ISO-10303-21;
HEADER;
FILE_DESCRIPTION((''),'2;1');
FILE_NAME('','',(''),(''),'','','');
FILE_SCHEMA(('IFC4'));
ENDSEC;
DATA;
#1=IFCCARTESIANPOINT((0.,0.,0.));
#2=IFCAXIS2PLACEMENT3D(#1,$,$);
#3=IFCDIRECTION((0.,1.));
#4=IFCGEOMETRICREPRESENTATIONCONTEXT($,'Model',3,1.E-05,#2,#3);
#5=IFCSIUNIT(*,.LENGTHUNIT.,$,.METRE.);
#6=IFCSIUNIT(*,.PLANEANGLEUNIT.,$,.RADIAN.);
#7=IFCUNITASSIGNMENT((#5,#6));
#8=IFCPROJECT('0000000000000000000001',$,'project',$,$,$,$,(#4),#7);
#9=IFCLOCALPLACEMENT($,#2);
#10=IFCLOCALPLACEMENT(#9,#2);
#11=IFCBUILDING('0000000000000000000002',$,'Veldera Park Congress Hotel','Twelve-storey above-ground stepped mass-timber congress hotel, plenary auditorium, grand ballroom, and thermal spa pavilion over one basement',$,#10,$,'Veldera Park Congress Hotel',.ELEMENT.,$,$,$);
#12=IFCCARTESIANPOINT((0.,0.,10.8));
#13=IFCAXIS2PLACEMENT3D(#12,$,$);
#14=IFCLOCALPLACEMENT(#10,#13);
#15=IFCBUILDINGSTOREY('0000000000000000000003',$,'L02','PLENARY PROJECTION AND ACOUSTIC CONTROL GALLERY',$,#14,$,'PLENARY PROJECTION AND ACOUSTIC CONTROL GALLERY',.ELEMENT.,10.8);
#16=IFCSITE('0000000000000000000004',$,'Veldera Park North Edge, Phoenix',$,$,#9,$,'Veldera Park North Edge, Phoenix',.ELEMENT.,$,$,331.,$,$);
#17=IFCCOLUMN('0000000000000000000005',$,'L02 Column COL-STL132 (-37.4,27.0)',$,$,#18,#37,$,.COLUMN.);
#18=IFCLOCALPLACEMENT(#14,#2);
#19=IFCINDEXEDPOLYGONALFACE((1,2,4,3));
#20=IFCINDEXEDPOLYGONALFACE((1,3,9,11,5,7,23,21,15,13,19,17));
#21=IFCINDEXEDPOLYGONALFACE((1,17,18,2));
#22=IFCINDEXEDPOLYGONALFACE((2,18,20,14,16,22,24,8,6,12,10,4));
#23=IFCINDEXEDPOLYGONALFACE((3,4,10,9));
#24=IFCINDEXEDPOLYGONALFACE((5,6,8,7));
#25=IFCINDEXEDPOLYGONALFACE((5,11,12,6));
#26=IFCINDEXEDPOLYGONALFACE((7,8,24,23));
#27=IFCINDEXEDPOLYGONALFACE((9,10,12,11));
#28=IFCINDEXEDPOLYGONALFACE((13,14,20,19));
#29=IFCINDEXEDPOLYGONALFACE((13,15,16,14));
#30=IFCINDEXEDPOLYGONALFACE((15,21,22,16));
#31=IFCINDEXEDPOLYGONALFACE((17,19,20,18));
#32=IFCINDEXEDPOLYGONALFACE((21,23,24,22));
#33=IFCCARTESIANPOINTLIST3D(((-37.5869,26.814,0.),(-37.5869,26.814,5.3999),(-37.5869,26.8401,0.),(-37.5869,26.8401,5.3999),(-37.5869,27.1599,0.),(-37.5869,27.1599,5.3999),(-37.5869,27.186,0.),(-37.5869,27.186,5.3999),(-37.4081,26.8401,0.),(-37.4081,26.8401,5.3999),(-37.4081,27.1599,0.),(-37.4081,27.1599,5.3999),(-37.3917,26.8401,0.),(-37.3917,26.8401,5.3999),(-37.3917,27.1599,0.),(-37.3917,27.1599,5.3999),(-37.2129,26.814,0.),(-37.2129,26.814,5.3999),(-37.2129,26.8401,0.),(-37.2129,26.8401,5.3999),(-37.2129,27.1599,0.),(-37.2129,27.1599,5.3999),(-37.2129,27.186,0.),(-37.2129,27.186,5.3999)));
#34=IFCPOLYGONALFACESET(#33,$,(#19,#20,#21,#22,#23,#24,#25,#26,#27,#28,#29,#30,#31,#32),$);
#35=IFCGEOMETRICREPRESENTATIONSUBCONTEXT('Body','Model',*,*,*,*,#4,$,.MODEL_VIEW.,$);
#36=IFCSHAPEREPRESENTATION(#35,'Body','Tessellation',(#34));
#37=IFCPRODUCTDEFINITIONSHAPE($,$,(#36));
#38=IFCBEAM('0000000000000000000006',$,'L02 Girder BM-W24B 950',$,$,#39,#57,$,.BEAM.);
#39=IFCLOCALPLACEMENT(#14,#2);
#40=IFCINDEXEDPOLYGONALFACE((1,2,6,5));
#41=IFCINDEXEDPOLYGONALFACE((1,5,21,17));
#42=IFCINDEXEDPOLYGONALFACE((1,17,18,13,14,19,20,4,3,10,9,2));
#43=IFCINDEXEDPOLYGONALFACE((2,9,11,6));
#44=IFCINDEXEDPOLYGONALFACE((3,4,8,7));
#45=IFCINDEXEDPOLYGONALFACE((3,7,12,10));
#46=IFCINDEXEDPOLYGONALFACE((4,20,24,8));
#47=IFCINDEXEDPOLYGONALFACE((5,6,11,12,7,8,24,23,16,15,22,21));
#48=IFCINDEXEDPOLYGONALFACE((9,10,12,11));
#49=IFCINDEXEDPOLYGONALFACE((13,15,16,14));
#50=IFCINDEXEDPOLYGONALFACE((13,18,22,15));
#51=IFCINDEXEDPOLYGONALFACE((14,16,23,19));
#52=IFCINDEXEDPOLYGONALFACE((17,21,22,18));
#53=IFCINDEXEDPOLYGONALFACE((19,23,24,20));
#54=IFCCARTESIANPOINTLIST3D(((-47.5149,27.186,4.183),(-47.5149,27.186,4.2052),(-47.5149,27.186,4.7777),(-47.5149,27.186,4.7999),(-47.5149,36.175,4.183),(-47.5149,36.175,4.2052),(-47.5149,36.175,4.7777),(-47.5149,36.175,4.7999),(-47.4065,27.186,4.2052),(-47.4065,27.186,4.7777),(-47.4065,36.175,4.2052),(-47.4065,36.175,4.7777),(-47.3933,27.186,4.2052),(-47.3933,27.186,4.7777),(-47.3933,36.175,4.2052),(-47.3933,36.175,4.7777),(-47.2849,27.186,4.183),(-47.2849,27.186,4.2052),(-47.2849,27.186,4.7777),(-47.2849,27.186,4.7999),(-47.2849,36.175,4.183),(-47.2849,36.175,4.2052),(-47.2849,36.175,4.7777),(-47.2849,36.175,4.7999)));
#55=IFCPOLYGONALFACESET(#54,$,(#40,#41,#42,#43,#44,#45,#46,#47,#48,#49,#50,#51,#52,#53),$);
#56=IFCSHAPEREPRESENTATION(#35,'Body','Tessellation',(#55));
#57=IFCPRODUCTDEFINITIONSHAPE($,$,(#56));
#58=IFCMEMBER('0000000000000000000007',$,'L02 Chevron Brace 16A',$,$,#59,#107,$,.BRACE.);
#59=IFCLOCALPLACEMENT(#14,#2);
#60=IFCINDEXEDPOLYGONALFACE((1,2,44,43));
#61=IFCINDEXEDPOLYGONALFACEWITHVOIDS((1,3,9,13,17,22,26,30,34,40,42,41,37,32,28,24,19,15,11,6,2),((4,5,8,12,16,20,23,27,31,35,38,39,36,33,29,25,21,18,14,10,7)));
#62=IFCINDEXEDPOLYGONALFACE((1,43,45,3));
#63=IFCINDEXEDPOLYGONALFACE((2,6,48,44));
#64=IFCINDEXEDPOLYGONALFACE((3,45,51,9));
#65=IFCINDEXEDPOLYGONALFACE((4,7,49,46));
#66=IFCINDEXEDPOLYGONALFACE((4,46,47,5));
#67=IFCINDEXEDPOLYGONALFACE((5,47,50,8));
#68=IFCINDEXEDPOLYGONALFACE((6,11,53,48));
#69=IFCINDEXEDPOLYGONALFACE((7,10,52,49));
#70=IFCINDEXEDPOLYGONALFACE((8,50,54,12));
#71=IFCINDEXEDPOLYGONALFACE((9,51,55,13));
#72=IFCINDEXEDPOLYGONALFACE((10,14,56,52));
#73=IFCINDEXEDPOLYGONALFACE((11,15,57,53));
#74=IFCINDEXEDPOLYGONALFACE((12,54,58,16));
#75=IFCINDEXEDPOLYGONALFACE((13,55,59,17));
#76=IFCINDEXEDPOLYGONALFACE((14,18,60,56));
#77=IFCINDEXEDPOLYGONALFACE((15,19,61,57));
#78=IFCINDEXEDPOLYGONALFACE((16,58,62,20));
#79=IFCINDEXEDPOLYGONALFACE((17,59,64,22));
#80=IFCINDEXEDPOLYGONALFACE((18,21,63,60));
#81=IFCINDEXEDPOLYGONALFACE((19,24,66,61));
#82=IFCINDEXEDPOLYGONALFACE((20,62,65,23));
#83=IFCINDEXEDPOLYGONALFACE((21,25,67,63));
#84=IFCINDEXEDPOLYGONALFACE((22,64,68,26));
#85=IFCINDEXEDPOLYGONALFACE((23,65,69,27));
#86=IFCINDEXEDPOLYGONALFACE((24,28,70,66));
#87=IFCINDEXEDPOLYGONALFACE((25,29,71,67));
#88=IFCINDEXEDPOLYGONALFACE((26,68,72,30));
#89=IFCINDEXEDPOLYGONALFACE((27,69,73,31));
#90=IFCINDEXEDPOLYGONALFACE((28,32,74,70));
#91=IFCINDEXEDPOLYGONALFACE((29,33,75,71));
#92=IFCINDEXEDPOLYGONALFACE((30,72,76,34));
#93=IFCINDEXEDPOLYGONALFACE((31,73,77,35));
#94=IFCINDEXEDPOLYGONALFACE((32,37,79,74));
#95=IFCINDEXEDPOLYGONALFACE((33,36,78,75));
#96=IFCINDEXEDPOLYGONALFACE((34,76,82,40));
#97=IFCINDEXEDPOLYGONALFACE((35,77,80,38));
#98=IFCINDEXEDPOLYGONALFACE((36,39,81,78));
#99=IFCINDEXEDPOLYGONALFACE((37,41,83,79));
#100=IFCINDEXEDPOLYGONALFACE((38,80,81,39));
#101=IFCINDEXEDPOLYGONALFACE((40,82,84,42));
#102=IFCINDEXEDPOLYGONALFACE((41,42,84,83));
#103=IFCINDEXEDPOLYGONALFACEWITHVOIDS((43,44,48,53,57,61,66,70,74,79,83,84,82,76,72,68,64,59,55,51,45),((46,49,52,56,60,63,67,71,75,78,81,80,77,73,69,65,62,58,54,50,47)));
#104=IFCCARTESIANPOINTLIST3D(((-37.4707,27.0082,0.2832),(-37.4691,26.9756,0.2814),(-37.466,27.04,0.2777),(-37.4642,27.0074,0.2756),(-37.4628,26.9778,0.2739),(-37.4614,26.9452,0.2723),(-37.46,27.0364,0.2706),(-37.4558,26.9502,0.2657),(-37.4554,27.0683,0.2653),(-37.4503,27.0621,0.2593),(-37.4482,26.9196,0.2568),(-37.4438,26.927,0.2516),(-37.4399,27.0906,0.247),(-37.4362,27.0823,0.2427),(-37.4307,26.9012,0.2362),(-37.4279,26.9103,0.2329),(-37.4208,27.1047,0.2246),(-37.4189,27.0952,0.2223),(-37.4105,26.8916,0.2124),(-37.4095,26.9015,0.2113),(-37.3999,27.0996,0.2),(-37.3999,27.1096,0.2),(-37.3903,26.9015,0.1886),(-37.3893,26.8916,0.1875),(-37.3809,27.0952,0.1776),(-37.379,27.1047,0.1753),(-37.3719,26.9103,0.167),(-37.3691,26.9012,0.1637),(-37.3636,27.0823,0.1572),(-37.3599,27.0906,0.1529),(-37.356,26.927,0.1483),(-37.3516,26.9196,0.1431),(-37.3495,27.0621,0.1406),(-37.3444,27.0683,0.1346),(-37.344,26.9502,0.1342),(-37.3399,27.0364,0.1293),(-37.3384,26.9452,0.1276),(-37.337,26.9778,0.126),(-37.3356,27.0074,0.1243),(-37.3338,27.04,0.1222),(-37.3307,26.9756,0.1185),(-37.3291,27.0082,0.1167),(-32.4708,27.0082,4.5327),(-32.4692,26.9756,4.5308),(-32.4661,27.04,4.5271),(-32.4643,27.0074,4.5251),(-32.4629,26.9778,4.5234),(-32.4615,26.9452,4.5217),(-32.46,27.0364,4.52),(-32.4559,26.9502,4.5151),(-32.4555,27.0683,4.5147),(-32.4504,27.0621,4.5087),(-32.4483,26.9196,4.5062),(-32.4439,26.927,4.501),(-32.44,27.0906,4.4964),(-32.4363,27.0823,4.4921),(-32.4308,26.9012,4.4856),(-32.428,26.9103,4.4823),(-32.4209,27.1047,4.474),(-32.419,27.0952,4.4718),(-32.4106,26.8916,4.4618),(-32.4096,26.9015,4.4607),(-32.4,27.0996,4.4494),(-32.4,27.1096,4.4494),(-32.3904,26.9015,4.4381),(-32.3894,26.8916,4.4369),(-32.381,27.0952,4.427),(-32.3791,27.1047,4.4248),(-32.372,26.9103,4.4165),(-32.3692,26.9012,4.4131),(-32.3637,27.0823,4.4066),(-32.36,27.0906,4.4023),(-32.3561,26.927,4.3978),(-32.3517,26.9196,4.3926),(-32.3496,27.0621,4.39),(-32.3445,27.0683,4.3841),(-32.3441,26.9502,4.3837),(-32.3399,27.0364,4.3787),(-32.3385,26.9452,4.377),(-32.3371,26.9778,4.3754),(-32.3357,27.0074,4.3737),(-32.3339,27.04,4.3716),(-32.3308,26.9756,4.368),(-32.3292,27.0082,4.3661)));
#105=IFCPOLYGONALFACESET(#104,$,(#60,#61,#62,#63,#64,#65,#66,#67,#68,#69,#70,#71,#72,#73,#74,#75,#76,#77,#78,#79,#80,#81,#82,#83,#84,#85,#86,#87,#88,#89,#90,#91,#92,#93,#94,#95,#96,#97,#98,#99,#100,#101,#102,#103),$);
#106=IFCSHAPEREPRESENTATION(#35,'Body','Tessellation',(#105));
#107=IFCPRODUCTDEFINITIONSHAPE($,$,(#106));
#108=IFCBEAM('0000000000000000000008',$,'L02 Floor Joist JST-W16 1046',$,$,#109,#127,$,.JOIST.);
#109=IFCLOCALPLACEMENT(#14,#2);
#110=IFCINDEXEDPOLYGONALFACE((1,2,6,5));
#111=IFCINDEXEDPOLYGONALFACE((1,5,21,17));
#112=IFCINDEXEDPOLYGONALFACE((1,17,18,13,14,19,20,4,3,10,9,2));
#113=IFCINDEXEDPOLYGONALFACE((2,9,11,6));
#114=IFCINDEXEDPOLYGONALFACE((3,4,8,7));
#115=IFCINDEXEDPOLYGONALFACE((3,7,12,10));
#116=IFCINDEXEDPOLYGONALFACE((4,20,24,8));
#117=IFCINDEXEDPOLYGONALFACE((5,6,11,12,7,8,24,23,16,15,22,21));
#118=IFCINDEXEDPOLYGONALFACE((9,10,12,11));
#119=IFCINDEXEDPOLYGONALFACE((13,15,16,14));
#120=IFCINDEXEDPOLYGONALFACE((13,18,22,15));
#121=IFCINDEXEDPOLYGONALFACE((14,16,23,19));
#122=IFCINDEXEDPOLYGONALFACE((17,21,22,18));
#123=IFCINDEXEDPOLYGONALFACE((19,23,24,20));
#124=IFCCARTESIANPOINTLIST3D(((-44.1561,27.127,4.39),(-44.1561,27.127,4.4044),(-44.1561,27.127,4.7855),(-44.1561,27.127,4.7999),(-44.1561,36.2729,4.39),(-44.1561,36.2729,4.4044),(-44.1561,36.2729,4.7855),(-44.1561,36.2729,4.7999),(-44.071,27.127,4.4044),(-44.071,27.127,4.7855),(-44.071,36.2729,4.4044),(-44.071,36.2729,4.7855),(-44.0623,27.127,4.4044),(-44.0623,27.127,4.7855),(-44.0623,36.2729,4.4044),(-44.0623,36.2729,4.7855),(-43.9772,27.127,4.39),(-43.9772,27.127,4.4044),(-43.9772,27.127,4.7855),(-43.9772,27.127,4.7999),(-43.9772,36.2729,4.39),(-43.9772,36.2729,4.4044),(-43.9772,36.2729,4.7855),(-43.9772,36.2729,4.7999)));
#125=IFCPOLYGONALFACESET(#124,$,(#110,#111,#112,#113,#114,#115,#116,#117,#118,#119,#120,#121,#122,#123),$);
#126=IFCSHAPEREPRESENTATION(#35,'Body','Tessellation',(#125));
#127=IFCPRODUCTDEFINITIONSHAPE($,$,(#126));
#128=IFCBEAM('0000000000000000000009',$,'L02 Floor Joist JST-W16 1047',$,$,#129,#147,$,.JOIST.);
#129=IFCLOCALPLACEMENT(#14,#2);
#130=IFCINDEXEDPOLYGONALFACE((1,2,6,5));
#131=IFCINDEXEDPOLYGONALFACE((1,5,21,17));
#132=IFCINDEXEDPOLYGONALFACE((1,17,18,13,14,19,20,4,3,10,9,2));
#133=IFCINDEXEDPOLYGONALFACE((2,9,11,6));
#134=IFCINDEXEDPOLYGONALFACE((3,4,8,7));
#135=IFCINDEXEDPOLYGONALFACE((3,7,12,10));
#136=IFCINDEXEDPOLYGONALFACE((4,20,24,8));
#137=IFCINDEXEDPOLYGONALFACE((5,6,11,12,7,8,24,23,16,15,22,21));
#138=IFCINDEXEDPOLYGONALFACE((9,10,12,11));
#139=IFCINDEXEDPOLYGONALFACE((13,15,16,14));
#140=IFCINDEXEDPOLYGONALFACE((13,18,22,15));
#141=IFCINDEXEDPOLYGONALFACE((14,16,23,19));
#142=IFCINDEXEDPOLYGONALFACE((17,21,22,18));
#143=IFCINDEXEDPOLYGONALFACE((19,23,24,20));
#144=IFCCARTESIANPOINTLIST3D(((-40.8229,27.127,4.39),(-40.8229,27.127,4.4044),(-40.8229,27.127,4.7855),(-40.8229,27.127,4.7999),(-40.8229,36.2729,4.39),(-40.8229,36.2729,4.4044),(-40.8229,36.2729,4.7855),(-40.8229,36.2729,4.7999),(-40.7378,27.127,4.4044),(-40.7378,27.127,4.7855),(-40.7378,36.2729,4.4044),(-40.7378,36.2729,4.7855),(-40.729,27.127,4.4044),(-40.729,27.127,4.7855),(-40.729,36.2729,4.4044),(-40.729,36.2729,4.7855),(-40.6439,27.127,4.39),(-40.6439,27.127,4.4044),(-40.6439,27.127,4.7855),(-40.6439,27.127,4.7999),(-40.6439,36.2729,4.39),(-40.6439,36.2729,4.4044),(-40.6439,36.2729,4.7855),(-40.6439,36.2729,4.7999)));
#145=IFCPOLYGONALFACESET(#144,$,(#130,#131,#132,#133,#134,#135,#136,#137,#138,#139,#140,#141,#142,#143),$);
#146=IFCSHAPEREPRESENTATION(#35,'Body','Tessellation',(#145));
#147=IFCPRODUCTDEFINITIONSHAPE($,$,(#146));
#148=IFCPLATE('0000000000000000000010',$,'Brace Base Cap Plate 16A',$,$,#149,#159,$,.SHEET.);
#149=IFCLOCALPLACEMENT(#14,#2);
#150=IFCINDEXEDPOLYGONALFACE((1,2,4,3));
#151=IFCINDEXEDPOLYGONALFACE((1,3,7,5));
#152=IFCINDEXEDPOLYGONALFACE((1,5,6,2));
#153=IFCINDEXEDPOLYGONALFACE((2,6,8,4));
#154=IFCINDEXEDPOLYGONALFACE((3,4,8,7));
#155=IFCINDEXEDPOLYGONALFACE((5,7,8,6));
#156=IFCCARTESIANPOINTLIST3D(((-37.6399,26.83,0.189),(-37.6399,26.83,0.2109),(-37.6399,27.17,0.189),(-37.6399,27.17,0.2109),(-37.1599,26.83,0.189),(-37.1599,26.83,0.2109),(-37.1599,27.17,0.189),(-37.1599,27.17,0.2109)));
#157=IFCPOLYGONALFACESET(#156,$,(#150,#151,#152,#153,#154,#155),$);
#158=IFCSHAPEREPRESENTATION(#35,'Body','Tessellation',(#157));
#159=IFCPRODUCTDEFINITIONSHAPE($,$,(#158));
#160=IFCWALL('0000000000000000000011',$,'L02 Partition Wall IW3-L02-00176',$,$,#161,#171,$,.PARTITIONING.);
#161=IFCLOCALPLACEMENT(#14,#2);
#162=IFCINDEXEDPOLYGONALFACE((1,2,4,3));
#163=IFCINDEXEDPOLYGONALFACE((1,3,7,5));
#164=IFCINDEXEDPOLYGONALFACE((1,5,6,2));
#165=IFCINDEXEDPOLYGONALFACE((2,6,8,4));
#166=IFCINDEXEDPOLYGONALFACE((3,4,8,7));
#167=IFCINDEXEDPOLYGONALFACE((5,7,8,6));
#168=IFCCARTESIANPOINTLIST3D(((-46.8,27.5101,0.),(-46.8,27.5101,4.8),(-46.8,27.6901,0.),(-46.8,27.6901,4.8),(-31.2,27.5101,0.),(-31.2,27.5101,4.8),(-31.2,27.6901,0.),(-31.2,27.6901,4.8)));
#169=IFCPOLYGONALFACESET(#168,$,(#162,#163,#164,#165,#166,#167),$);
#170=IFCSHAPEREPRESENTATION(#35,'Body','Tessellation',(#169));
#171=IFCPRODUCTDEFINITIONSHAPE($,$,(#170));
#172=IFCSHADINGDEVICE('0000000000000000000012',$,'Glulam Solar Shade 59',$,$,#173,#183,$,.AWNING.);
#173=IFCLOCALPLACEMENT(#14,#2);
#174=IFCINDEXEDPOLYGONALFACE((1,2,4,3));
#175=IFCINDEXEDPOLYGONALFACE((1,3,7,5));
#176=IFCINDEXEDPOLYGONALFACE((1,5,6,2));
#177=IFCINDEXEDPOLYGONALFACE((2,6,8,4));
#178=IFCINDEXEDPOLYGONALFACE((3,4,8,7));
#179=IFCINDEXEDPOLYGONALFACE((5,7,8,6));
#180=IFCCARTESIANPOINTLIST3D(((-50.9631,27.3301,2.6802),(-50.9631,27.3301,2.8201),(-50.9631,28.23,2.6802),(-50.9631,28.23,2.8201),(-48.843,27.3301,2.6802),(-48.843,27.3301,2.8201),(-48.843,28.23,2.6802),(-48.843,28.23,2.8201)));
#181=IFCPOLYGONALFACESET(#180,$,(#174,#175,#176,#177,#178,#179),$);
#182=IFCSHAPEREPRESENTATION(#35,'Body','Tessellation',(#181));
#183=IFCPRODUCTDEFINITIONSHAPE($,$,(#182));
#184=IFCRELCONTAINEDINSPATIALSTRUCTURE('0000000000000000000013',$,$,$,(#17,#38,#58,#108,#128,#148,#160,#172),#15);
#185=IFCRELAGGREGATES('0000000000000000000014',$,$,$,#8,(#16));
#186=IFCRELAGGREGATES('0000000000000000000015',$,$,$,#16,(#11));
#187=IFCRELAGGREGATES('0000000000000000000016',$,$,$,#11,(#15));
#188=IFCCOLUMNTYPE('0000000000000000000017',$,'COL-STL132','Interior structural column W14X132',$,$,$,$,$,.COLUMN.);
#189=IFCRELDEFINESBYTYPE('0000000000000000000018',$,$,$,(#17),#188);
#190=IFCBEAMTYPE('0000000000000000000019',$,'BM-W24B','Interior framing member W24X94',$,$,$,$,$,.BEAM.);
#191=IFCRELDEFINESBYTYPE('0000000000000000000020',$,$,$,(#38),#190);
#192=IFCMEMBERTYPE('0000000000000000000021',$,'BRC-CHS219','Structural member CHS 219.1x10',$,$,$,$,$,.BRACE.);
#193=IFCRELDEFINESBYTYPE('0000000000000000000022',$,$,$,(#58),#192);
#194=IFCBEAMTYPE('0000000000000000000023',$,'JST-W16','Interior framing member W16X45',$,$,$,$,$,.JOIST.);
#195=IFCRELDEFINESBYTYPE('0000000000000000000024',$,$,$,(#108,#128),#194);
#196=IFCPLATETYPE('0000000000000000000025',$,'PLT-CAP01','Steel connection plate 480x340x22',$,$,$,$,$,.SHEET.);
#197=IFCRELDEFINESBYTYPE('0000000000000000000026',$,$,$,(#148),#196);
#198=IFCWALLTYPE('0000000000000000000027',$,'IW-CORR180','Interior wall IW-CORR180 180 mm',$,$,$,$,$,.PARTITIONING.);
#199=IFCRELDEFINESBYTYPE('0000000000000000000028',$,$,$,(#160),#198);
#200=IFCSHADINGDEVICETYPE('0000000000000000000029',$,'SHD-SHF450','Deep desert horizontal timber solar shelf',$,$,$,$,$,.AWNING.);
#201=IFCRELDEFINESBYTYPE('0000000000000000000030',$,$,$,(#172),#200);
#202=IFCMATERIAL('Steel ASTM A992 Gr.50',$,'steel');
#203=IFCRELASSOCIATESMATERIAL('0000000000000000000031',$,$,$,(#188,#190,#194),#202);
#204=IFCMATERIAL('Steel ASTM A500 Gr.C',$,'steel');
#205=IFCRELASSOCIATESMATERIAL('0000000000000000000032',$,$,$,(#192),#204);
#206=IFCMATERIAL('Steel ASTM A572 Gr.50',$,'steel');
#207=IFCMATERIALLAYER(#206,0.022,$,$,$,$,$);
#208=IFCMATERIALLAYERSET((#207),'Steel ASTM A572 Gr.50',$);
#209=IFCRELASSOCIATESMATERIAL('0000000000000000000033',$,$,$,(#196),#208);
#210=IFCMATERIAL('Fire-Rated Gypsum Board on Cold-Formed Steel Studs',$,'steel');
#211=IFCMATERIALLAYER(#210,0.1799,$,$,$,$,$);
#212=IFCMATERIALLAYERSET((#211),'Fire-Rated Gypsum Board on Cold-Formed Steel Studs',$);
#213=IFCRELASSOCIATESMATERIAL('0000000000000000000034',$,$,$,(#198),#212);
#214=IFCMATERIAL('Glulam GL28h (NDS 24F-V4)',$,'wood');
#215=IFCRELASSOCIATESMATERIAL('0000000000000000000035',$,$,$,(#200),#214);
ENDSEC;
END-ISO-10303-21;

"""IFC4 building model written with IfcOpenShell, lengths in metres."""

from ifc_helpers import new_model, si_unit, direction, frame, frame_2d, origin, origin_2d, place, context, subcontext, project, spatial, rectangle, hollow_circle, i_section, extrude, material, layer, layer_set, material_profile, profile_set, type_object, element, save


model = new_model("IFC4")

# Units and contexts
model_context = context("Model", 3, precision=1e-05, world=origin(), true_north=direction((0.0, 1.0)))
body_context = subcontext(model_context, "Body", "Model", "MODEL_VIEW")
ifc_project = project(units=[si_unit("LENGTHUNIT", "METRE"), si_unit("PLANEANGLEUNIT", "RADIAN")], contexts=[model_context])

# Site, building, storey
site_placement = place(None, origin())
site = spatial("IfcSite", under=ifc_project, at=site_placement, Name="Veldera Park North Edge, Phoenix", LongName="Veldera Park North Edge, Phoenix", CompositionType="ELEMENT", RefElevation=331.0)
building_placement = place(site_placement, origin())
building = spatial("IfcBuilding", under=site, at=building_placement, Name="Veldera Park Congress Hotel", Description="Twelve-storey above-ground stepped mass-timber congress hotel, plenary auditorium, grand ballroom, and thermal spa pavilion over one basement", LongName="Veldera Park Congress Hotel", CompositionType="ELEMENT")
storey_placement = place(building_placement, frame((0.0, 0.0, 10.8)))
storey = spatial("IfcBuildingStorey", under=building, at=storey_placement, Name="L02", Description="PLENARY PROJECTION AND ACOUSTIC CONTROL GALLERY", LongName="PLENARY PROJECTION AND ACOUSTIC CONTROL GALLERY", CompositionType="ELEMENT", Elevation=10.8)

# Column
ifc_material_1 = material(Name="Steel ASTM A992 Gr.50", Category="steel")
ifc_material_profile_1 = material_profile(ifc_material_1, i_section(OverallWidth=0.374, OverallDepth=0.3721, WebThickness=0.0164, FlangeThickness=0.0261, at=origin_2d()), Name="W14X132")
ifc_profile_set_1 = profile_set([ifc_material_profile_1], Name="Steel ASTM A992 Gr.50")
column_type = type_object("IfcColumnType", Name="COL-STL132", Description="Interior structural column W14X132", PredefinedType="COLUMN", material=ifc_profile_set_1)
column_placement = place(storey_placement, frame((-37.3999, 27.0, 0.0), z_axis=(0.0, 0.0, 1.0), x_axis=(1.0, 0.0, 0.0)))
element("IfcColumn", 1, at=column_placement, inside=storey, type_object=column_type, Name="L02 Column COL-STL132 (-37.4,27.0)", PredefinedType="COLUMN", context=body_context, shape_type="SweptSolid", body=[
    extrude(i_section(OverallWidth=0.374, OverallDepth=0.3721, WebThickness=0.0164, FlangeThickness=0.0261, at=origin_2d()), origin(), (0.0, 0.0, 1.0), 5.3999),
])

# Beam
ifc_material_profile_2 = material_profile(ifc_material_1, i_section(OverallWidth=0.23, OverallDepth=0.6169, WebThickness=0.0132, FlangeThickness=0.0222, at=origin_2d()), Name="W24X94")
ifc_profile_set_2 = profile_set([ifc_material_profile_2], Name="Steel ASTM A992 Gr.50")
beam_type_1 = type_object("IfcBeamType", Name="BM-W24B", Description="Interior framing member W24X94", PredefinedType="BEAM", material=ifc_profile_set_2)
beam_placement = place(storey_placement, frame((-47.3999, 27.186, 4.4915), z_axis=(0.0, 1.0, 0.0), x_axis=(-1.0, 0.0, 0.0)))
element("IfcBeam", 2, at=beam_placement, inside=storey, type_object=beam_type_1, Name="L02 Girder BM-W24B 950", PredefinedType="BEAM", context=body_context, shape_type="SweptSolid", body=[
    extrude(i_section(OverallWidth=0.23, OverallDepth=0.6169, WebThickness=0.0132, FlangeThickness=0.0222, at=origin_2d()), origin(), (0.0, 0.0, 1.0), 8.989),
])

# Member
ifc_material_2 = material(Name="Steel ASTM A500 Gr.C", Category="steel")
ifc_material_profile_3 = material_profile(ifc_material_2, hollow_circle(Radius=0.1096, WallThickness=0.01, at=origin_2d()), Name="CHS 219.1x10")
ifc_profile_set_3 = profile_set([ifc_material_profile_3], Name="Steel ASTM A500 Gr.C")
member_type = type_object("IfcMemberType", Name="BRC-CHS219", Description="Structural member CHS 219.1x10", PredefinedType="BRACE", material=ifc_profile_set_3)
member_placement = place(storey_placement, frame((-37.3999, 27.0, 0.2), z_axis=(0.761976, 0.0, 0.647605), x_axis=(0.0, 1.0, 0.0)))
element("IfcMember", 3, at=member_placement, inside=storey, type_object=member_type, Name="L02 Chevron Brace 16A", PredefinedType="BRACE", context=body_context, shape_type="SweptSolid", body=[
    extrude(hollow_circle(Radius=0.1096, WallThickness=0.01, at=origin_2d()), origin(), (0.0, 0.0, 1.0), 6.5618),
])

# Beams
ifc_material_profile_4 = material_profile(ifc_material_1, i_section(OverallWidth=0.179, OverallDepth=0.4099, WebThickness=0.0088, FlangeThickness=0.0144, at=origin_2d()), Name="W16X45")
ifc_profile_set_4 = profile_set([ifc_material_profile_4], Name="Steel ASTM A992 Gr.50")
beam_type_2 = type_object("IfcBeamType", Name="JST-W16", Description="Interior framing member W16X45", PredefinedType="JOIST", material=ifc_profile_set_4)
for number, where, z_axis, x_axis, name in (
    (4, (-44.0667, 27.127, 4.595), (0.0, 1.0, 0.0), (-1.0, 0.0, 0.0), "L02 Floor Joist JST-W16 1046"),
    (5, (-40.7334, 27.127, 4.595), (0.0, 1.0, 0.0), (-1.0, 0.0, 0.0), "L02 Floor Joist JST-W16 1047"),
):
    element("IfcBeam", number, at=place(storey_placement, frame(where, z_axis=z_axis, x_axis=x_axis)), inside=storey, type_object=beam_type_2, Name=name, PredefinedType="JOIST", context=body_context, shape_type="SweptSolid", body=[
        extrude(i_section(OverallWidth=0.179, OverallDepth=0.4099, WebThickness=0.0088, FlangeThickness=0.0144, at=origin_2d()), origin(), (0.0, 0.0, 1.0), 9.146),
    ])

# Plate
ifc_material_3 = material(Name="Steel ASTM A572 Gr.50", Category="steel")
ifc_layer_1 = layer(ifc_material_3, 0.022)
ifc_layer_set_1 = layer_set([ifc_layer_1], Name="Steel ASTM A572 Gr.50")
plate_type = type_object("IfcPlateType", Name="PLT-CAP01", Description="Steel connection plate 480x340x22", PredefinedType="SHEET", material=ifc_layer_set_1)
plate_placement = place(storey_placement, frame((-37.3999, 27.0, 0.189), z_axis=(0.0, 0.0, 1.0), x_axis=(1.0, 0.0, 0.0)))
element("IfcPlate", 6, at=plate_placement, inside=storey, type_object=plate_type, Name="Brace Base Cap Plate 16A", PredefinedType="SHEET", context=body_context, shape_type="SweptSolid", body=[
    extrude(rectangle(XDim=0.48, YDim=0.3401, at=origin_2d()), origin(), (0.0, 0.0, 1.0), 0.022),
])

# Wall
ifc_material_4 = material(Name="Fire-Rated Gypsum Board on Cold-Formed Steel Studs", Category="steel")
ifc_layer_2 = layer(ifc_material_4, 0.1799)
ifc_layer_set_2 = layer_set([ifc_layer_2], Name="Fire-Rated Gypsum Board on Cold-Formed Steel Studs")
wall_type = type_object("IfcWallType", Name="IW-CORR180", Description="Interior wall IW-CORR180 180 mm", PredefinedType="PARTITIONING", material=ifc_layer_set_2)
wall_placement = place(storey_placement, frame((-46.8, 27.6001, 0.0), z_axis=(0.0, 0.0, 1.0), x_axis=(1.0, 0.0, 0.0)))
element("IfcWall", 7, at=wall_placement, inside=storey, type_object=wall_type, Name="L02 Partition Wall IW3-L02-00176", PredefinedType="PARTITIONING", context=body_context, shape_type="SweptSolid", body=[
    extrude(rectangle(XDim=15.6001, YDim=0.1799, at=frame_2d((7.8, 0.0))), origin(), (0.0, 0.0, 1.0), 4.8),
])

# Shading device
ifc_material_5 = material(Name="Glulam GL28h (NDS 24F-V4)", Category="wood")
shading_device_type = type_object("IfcShadingDeviceType", Name="SHD-SHF450", Description="Deep desert horizontal timber solar shelf", PredefinedType="AWNING", material=ifc_material_5)
for number, where, z_axis, x_axis, name in (
    (8, (-49.9031, 27.78, 2.6802), (0.0, 0.0, 1.0), (-1.0, 0.0, 0.0), "Glulam Solar Shade 59"),
):
    element("IfcShadingDevice", number, at=place(storey_placement, frame(where, z_axis=z_axis, x_axis=x_axis)), inside=storey, type_object=shading_device_type, Name=name, PredefinedType="AWNING", context=body_context, shape_type="SweptSolid", body=[
        extrude(rectangle(XDim=2.1201, YDim=0.8999, at=origin_2d()), origin(), (0.0, 0.0, 1.0), 0.1399),
    ])

save(model, "model.ifc")
